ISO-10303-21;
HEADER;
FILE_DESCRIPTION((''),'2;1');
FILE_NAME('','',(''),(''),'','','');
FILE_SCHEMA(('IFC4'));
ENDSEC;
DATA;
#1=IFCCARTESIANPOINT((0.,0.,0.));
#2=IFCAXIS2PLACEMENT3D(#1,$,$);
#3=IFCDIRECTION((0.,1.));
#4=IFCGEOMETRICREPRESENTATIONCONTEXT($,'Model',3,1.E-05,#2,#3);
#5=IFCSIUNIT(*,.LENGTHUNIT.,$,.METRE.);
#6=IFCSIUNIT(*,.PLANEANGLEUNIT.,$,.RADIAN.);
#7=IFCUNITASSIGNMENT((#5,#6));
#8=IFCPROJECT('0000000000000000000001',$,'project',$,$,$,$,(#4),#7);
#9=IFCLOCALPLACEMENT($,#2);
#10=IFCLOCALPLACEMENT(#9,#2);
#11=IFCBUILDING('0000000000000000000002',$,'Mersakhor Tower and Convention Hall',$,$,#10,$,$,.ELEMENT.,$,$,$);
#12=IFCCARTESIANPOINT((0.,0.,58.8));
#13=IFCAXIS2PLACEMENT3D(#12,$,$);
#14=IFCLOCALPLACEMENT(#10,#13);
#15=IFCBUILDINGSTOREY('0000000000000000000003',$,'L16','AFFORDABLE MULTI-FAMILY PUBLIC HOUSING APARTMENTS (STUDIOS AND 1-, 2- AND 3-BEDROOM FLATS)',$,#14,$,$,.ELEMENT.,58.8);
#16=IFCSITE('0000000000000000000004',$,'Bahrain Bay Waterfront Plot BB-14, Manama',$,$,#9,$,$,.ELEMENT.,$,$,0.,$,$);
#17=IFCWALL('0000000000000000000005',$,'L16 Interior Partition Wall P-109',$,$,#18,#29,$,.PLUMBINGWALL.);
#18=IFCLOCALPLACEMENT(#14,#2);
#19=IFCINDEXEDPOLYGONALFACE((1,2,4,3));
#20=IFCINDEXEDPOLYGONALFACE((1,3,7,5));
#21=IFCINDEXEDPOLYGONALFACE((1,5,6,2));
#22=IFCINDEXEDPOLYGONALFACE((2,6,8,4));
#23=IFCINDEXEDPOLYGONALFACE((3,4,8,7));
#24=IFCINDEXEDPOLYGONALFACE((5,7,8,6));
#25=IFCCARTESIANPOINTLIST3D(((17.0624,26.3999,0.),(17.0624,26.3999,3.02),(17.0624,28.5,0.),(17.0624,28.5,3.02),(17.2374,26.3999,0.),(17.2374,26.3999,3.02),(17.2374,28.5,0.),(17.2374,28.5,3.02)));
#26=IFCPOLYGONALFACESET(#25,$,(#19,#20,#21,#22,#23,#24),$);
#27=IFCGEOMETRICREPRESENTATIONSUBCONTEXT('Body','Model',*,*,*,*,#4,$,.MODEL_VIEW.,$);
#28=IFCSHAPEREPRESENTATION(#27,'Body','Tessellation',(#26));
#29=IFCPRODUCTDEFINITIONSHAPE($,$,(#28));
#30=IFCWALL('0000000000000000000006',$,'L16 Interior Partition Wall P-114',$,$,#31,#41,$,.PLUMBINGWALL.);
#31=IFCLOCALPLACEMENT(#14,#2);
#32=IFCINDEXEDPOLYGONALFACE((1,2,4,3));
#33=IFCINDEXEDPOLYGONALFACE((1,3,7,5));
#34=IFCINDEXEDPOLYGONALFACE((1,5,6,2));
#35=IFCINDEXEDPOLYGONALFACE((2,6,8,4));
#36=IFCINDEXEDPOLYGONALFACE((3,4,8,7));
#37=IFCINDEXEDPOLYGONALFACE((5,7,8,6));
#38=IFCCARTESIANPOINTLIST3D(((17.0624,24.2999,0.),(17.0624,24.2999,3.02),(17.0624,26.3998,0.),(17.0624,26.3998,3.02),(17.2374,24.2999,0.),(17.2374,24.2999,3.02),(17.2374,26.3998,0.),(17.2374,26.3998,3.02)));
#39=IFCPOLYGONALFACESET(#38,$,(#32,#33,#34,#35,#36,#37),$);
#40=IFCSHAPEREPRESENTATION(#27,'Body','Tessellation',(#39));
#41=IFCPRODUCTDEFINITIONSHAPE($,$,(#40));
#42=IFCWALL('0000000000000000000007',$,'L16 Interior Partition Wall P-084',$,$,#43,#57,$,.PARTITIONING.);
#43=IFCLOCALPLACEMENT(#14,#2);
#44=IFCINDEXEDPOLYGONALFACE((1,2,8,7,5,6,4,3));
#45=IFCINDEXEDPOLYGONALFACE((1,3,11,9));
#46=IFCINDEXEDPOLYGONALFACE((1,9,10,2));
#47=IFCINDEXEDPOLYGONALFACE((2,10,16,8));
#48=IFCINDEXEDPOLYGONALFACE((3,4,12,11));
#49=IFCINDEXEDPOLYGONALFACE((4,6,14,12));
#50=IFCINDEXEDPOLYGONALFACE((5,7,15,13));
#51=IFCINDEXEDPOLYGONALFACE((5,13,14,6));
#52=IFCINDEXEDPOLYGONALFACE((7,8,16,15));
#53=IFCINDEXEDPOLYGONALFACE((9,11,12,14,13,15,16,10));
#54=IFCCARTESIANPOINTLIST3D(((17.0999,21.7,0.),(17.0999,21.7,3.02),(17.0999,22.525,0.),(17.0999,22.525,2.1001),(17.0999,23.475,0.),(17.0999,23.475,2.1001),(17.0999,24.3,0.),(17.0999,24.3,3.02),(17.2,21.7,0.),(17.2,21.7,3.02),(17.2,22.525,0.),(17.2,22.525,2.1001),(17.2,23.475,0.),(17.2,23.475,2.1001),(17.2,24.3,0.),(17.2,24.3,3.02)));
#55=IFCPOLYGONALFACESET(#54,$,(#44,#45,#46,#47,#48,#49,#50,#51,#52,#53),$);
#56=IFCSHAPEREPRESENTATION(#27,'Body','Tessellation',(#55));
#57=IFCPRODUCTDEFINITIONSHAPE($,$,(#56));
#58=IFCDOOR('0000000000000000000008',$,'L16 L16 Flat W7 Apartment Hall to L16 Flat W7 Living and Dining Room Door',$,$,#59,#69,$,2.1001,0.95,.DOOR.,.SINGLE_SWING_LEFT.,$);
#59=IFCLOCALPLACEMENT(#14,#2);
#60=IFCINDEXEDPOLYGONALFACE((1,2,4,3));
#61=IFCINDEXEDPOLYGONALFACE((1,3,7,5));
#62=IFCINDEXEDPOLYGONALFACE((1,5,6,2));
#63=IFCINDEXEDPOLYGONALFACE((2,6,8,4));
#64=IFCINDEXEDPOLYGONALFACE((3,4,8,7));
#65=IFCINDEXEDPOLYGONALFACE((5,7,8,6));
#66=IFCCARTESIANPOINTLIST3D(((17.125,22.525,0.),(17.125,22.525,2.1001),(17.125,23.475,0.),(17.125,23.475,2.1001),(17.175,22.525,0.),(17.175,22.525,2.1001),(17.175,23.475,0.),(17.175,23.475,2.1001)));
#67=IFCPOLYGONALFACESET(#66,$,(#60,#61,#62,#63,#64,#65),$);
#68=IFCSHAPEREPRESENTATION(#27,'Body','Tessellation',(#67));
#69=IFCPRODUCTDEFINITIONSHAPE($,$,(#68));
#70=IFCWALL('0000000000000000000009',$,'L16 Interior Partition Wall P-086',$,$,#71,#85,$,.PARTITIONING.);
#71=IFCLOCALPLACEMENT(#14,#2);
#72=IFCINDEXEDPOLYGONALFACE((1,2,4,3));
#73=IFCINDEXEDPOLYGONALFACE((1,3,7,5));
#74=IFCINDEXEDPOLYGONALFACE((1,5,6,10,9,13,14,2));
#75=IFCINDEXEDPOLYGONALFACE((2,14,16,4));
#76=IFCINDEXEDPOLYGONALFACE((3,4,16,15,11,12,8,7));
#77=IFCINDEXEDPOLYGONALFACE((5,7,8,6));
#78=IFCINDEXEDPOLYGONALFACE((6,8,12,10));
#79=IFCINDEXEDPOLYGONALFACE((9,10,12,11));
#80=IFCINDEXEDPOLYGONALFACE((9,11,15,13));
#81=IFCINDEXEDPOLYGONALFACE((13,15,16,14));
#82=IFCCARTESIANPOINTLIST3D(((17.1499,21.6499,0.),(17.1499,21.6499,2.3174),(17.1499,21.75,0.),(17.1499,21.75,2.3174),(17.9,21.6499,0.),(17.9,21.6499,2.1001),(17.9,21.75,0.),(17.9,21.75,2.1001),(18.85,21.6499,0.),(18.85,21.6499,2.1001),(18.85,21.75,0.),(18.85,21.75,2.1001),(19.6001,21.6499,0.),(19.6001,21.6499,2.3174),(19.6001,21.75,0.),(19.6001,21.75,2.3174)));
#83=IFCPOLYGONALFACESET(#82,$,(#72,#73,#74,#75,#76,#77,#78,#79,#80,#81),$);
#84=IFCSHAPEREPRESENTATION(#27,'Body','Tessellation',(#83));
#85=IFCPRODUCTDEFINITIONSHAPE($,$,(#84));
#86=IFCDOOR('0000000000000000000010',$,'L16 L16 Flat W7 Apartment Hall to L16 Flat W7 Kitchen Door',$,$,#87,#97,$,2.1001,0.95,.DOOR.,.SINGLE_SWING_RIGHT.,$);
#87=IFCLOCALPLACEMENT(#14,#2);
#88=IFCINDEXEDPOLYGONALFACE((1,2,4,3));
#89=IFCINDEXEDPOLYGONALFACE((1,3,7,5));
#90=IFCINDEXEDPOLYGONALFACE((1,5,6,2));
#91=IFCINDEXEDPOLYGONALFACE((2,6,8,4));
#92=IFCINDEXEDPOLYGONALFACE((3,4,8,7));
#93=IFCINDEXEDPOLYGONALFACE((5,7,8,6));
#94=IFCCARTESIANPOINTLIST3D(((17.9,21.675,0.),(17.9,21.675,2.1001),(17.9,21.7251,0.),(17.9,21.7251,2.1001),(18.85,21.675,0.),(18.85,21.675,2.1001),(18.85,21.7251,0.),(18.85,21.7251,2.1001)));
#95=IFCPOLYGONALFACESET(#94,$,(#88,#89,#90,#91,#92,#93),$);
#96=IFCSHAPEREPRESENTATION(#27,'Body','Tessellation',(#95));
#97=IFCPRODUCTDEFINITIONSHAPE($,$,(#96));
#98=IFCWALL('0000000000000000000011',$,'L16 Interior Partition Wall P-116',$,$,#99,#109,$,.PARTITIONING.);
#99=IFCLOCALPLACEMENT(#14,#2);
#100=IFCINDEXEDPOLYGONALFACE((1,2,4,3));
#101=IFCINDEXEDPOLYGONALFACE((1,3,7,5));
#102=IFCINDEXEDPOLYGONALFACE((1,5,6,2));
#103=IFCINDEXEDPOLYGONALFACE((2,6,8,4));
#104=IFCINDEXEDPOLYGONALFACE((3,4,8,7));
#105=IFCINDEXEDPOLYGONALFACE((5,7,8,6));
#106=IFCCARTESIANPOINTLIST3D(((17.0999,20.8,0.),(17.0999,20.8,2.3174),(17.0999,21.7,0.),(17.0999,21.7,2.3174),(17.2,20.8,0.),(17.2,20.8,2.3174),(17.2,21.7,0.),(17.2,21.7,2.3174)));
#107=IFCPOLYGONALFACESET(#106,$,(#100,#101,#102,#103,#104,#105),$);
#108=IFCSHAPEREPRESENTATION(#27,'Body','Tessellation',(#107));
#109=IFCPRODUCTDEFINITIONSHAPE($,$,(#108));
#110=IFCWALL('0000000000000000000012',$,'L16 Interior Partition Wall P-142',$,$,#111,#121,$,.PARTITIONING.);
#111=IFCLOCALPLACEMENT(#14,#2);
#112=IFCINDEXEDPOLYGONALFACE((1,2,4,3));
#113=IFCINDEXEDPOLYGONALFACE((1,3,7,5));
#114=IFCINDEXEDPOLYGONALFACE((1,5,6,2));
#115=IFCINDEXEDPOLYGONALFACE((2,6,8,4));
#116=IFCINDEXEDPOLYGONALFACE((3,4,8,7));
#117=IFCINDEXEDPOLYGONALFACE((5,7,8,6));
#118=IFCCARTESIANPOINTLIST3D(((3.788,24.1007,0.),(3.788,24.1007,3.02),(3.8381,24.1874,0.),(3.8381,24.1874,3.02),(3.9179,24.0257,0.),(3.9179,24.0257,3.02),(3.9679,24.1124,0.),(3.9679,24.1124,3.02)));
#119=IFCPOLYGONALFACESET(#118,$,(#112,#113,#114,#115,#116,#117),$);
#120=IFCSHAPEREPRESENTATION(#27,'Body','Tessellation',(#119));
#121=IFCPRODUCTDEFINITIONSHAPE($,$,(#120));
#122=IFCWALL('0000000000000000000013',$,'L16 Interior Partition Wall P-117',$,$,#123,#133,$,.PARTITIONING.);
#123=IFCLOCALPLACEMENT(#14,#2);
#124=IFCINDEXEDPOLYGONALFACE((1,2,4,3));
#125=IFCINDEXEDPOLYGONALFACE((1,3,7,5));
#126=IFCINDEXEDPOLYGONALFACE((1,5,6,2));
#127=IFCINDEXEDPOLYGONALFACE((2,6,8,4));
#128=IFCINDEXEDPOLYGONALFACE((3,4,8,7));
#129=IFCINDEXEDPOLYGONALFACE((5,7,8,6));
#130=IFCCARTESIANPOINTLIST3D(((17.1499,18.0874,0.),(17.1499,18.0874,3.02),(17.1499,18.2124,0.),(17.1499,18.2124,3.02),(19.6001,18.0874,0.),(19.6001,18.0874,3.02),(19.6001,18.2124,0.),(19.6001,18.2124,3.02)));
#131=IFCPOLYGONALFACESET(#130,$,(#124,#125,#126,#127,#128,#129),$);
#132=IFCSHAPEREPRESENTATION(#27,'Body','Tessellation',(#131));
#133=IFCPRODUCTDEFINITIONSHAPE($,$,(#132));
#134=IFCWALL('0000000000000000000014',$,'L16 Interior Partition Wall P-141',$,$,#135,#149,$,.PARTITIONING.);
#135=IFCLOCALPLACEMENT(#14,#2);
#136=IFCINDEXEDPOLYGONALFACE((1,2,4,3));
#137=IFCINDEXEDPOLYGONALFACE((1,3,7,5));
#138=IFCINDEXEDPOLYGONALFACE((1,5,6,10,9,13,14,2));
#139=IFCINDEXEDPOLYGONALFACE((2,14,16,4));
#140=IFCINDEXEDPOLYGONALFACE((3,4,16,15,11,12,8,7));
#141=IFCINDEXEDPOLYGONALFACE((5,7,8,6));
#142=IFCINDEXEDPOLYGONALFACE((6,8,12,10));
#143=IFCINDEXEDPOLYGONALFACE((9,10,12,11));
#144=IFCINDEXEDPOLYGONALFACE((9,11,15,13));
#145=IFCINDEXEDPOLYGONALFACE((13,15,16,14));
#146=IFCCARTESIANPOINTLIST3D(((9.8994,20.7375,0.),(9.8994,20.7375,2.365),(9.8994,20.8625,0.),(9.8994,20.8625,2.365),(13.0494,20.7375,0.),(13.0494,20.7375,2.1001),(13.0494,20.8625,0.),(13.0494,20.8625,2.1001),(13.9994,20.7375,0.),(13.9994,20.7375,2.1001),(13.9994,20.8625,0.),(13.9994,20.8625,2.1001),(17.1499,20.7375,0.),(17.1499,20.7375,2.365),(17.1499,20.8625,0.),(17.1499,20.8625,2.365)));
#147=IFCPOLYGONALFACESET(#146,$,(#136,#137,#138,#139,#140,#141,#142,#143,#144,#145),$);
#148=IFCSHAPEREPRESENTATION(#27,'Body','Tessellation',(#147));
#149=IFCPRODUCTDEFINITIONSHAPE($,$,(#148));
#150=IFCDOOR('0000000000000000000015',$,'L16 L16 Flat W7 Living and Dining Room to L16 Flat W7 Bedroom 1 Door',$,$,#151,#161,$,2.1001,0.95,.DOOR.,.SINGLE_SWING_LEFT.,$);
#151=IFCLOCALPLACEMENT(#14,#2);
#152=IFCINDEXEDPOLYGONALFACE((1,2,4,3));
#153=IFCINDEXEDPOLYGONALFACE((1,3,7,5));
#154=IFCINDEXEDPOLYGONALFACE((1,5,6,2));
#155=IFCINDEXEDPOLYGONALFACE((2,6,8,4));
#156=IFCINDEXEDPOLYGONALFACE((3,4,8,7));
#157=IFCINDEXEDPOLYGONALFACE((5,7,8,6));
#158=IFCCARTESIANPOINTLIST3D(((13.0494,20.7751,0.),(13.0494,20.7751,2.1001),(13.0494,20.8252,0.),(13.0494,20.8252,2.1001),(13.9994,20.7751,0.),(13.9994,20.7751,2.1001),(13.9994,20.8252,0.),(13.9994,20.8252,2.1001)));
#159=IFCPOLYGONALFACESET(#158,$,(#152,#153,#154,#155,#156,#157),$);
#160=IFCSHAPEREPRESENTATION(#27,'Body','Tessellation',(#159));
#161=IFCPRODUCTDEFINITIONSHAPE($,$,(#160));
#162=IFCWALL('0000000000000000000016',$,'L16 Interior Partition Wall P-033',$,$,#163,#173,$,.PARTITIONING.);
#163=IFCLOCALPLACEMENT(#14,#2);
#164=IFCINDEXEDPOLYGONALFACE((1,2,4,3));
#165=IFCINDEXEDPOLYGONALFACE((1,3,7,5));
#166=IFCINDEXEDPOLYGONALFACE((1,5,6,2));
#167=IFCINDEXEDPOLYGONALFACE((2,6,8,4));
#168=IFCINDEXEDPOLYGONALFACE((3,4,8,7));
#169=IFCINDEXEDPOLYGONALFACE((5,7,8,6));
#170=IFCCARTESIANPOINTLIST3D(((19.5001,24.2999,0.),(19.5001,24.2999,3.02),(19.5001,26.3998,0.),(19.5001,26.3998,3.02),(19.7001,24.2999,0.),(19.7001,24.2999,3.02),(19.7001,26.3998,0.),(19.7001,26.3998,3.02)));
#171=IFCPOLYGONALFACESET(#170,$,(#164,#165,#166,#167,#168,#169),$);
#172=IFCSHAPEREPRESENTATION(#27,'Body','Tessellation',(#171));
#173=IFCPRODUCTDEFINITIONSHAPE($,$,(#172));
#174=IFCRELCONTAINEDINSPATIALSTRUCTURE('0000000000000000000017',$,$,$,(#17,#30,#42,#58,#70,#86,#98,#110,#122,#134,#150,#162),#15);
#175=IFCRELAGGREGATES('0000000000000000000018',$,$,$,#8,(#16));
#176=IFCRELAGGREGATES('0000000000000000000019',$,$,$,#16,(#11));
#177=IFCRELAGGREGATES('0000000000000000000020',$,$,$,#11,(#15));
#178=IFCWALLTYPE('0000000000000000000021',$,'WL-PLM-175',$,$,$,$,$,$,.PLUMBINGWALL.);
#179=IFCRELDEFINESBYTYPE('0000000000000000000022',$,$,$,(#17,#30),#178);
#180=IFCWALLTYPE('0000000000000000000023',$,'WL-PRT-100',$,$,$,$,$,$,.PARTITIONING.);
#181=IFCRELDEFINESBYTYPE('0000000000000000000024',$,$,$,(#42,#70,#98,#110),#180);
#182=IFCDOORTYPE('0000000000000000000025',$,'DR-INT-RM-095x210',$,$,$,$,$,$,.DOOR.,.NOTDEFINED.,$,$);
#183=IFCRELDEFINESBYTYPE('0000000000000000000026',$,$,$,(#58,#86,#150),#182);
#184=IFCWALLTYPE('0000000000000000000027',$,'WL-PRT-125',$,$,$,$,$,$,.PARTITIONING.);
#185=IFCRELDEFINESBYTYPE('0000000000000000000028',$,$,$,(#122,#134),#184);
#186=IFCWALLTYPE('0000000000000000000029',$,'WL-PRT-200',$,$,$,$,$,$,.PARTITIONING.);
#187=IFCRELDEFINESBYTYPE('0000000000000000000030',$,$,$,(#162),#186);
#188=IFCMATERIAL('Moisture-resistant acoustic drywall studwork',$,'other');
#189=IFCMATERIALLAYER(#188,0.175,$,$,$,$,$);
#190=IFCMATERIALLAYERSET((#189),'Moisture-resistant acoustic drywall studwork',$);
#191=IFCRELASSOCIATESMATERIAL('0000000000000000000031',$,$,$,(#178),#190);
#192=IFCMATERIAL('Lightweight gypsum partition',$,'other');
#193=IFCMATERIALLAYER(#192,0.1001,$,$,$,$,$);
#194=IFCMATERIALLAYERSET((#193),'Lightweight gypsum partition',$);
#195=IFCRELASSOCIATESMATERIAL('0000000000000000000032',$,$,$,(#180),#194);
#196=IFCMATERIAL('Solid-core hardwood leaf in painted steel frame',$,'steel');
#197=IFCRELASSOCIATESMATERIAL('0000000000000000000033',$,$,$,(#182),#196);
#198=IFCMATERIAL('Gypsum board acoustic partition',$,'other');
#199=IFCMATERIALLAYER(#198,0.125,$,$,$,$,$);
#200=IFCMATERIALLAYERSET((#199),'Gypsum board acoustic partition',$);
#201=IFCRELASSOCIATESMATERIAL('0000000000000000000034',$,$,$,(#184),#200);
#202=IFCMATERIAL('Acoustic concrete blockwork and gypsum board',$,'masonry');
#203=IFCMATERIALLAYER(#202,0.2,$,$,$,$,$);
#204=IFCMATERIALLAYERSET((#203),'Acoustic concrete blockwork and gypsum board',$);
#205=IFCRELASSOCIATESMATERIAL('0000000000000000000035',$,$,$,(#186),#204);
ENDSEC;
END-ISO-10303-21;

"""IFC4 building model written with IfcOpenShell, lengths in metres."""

from ifc_helpers import new_model, si_unit, direction, frame, frame_2d, origin, place, context, subcontext, project, spatial, rectangle, extrude, material, layer, layer_set, type_object, element, fill, save


model = new_model("IFC4")

# Units and contexts
model_context = context("Model", 3, precision=1e-05, world=origin(), true_north=direction((0.0, 1.0)))
body_context = subcontext(model_context, "Body", "Model", "MODEL_VIEW")
ifc_project = project(units=[si_unit("LENGTHUNIT", "METRE"), si_unit("PLANEANGLEUNIT", "RADIAN")], contexts=[model_context])

# Site, building, storey
site_placement = place(None, origin())
site = spatial("IfcSite", under=ifc_project, at=site_placement, Name="Bahrain Bay Waterfront Plot BB-14, Manama", CompositionType="ELEMENT", RefElevation=0.0)
building_placement = place(site_placement, origin())
building = spatial("IfcBuilding", under=site, at=building_placement, Name="Mersakhor Tower and Convention Hall", CompositionType="ELEMENT")
storey_placement = place(building_placement, frame((0.0, 0.0, 58.8)))
storey = spatial("IfcBuildingStorey", under=building, at=storey_placement, Name="L16", Description="AFFORDABLE MULTI-FAMILY PUBLIC HOUSING APARTMENTS (STUDIOS AND 1-, 2- AND 3-BEDROOM FLATS)", CompositionType="ELEMENT", Elevation=58.8)

# Shared definitions
ifc_material_1 = material(Name="Moisture-resistant acoustic drywall studwork", Category="other")
ifc_layer_1 = layer(ifc_material_1, 0.175)
ifc_layer_set_1 = layer_set([ifc_layer_1], Name="Moisture-resistant acoustic drywall studwork")
wall_type_1 = type_object("IfcWallType", Name="WL-PLM-175", PredefinedType="PLUMBINGWALL", material=ifc_layer_set_1)

# Walls
wall_1_placement = place(storey_placement, frame((17.1499, 26.3999, 0.0), z_axis=(0.0, 0.0, 1.0), x_axis=(0.0, 1.0, 0.0)))
element("IfcWall", 1, at=wall_1_placement, inside=storey, type_object=wall_type_1, Name="L16 Interior Partition Wall P-109", PredefinedType="PLUMBINGWALL", context=body_context, shape_type="SweptSolid", body=[
    extrude(rectangle(XDim=2.1001, YDim=0.175, at=frame_2d((1.05, 0.0))), origin(), (0.0, 0.0, 1.0), 3.02),
])
wall_2_placement = place(storey_placement, frame((17.1499, 24.3, 0.0), z_axis=(0.0, 0.0, 1.0), x_axis=(0.0, 1.0, 0.0)))
element("IfcWall", 2, at=wall_2_placement, inside=storey, type_object=wall_type_1, Name="L16 Interior Partition Wall P-114", PredefinedType="PLUMBINGWALL", context=body_context, shape_type="SweptSolid", body=[
    extrude(rectangle(XDim=2.0999, YDim=0.175, at=frame_2d((1.0498, 0.0))), origin(), (0.0, 0.0, 1.0), 3.02),
])

# Walls, openings, doors
ifc_material_2 = material(Name="Lightweight gypsum partition", Category="other")
ifc_layer_2 = layer(ifc_material_2, 0.1001)
ifc_layer_set_2 = layer_set([ifc_layer_2], Name="Lightweight gypsum partition")
wall_type_2 = type_object("IfcWallType", Name="WL-PRT-100", PredefinedType="PARTITIONING", material=ifc_layer_set_2)
wall_3_placement = place(storey_placement, frame((17.1499, 21.7, 0.0), z_axis=(0.0, 0.0, 1.0), x_axis=(0.0, 1.0, 0.0)))
wall_3 = element("IfcWall", 3, at=wall_3_placement, inside=storey, type_object=wall_type_2, Name="L16 Interior Partition Wall P-084", PredefinedType="PARTITIONING", context=body_context, shape_type="SweptSolid", body=[
    extrude(rectangle(XDim=2.6001, YDim=0.1001, at=frame_2d((1.3, 0.0))), origin(), (0.0, 0.0, 1.0), 3.02),
])
opening_1_placement = place(wall_3_placement, frame((0.825, 0.0, 0.0)))
opening_1 = element("IfcOpeningElement", 4, at=opening_1_placement, cuts=wall_3, PredefinedType="OPENING", context=body_context, shape_type="SweptSolid", body=[
    extrude(rectangle(XDim=0.95, YDim=2.1001, at=frame_2d((0.4751, 1.05))), frame((0.0, 0.0601, 0.0), z_axis=(0.0, -1.0, 0.0), x_axis=(1.0, 0.0, 0.0)), (0.0, 0.0, 1.0), 0.1201),
])
ifc_material_3 = material(Name="Solid-core hardwood leaf in painted steel frame", Category="steel")
door_type_1 = type_object("IfcDoorType", Name="DR-INT-RM-095x210", OperationType="NOTDEFINED", PredefinedType="DOOR", material=ifc_material_3)
door_1_placement = place(opening_1_placement, origin())
door_1 = element("IfcDoor", 5, at=door_1_placement, inside=storey, type_object=door_type_1, Name="L16 L16 Flat W7 Apartment Hall to L16 Flat W7 Living and Dining Room Door", OperationType="SINGLE_SWING_LEFT", OverallHeight=2.1001, OverallWidth=0.95, PredefinedType="DOOR", context=body_context, shape_type="SweptSolid", body=[
    extrude(rectangle(XDim=0.95, YDim=2.1001, at=frame_2d((0.4751, 1.05))), frame((0.0, 0.0249, 0.0), z_axis=(0.0, -1.0, 0.0), x_axis=(1.0, 0.0, 0.0)), (0.0, 0.0, 1.0), 0.05),
])
fill(opening_1, door_1)
wall_4_placement = place(storey_placement, frame((19.6001, 21.7, 0.0), z_axis=(0.0, 0.0, 1.0), x_axis=(-1.0, 0.0, 0.0)))
wall_4 = element("IfcWall", 6, at=wall_4_placement, inside=storey, type_object=wall_type_2, Name="L16 Interior Partition Wall P-086", PredefinedType="PARTITIONING", context=body_context, shape_type="SweptSolid", body=[
    extrude(rectangle(XDim=2.4502, YDim=0.1001, at=frame_2d((1.2251, 0.0))), origin(), (0.0, 0.0, 1.0), 2.3174),
])
opening_2_placement = place(wall_4_placement, frame((0.75, 0.0, 0.0)))
opening_2 = element("IfcOpeningElement", 7, at=opening_2_placement, cuts=wall_4, PredefinedType="OPENING", context=body_context, shape_type="SweptSolid", body=[
    extrude(rectangle(XDim=0.95, YDim=2.1001, at=frame_2d((0.4751, 1.05))), frame((0.0, 0.0601, 0.0), z_axis=(0.0, -1.0, 0.0), x_axis=(1.0, 0.0, 0.0)), (0.0, 0.0, 1.0), 0.1201),
])
door_2_placement = place(opening_2_placement, origin())
door_2 = element("IfcDoor", 8, at=door_2_placement, inside=storey, type_object=door_type_1, Name="L16 L16 Flat W7 Apartment Hall to L16 Flat W7 Kitchen Door", OperationType="SINGLE_SWING_RIGHT", OverallHeight=2.1001, OverallWidth=0.95, PredefinedType="DOOR", context=body_context, shape_type="SweptSolid", body=[
    extrude(rectangle(XDim=0.95, YDim=2.1001, at=frame_2d((0.4751, 1.05))), frame((0.0, 0.0249, 0.0), z_axis=(0.0, -1.0, 0.0), x_axis=(1.0, 0.0, 0.0)), (0.0, 0.0, 1.0), 0.05),
])
fill(opening_2, door_2)

# Walls
wall_5_placement = place(storey_placement, frame((17.1499, 20.8, 0.0), z_axis=(0.0, 0.0, 1.0), x_axis=(0.0, 1.0, 0.0)))
element("IfcWall", 9, at=wall_5_placement, inside=storey, type_object=wall_type_2, Name="L16 Interior Partition Wall P-116", PredefinedType="PARTITIONING", context=body_context, shape_type="SweptSolid", body=[
    extrude(rectangle(XDim=0.8999, YDim=0.1001, at=frame_2d((0.45, 0.0))), origin(), (0.0, 0.0, 1.0), 2.3174),
])
wall_6_placement = place(storey_placement, frame((3.9429, 24.0691, 0.0), z_axis=(0.0, 0.0, 1.0), x_axis=(-0.866131, 0.499816, 0.0)))
element("IfcWall", 10, at=wall_6_placement, inside=storey, type_object=wall_type_2, Name="L16 Interior Partition Wall P-142", PredefinedType="PARTITIONING", context=body_context, shape_type="SweptSolid", body=[
    extrude(rectangle(XDim=0.1499, YDim=0.1001, at=frame_2d((0.075, 0.0))), origin(), (0.0, 0.0, 1.0), 3.02),
])
ifc_material_4 = material(Name="Gypsum board acoustic partition", Category="other")
ifc_layer_3 = layer(ifc_material_4, 0.125)
ifc_layer_set_3 = layer_set([ifc_layer_3], Name="Gypsum board acoustic partition")
wall_type_3 = type_object("IfcWallType", Name="WL-PRT-125", PredefinedType="PARTITIONING", material=ifc_layer_set_3)
wall_7_placement = place(storey_placement, frame((19.6001, 18.1499, 0.0), z_axis=(0.0, 0.0, 1.0), x_axis=(-1.0, 0.0, 0.0)))
element("IfcWall", 11, at=wall_7_placement, inside=storey, type_object=wall_type_3, Name="L16 Interior Partition Wall P-117", PredefinedType="PARTITIONING", context=body_context, shape_type="SweptSolid", body=[
    extrude(rectangle(XDim=2.4502, YDim=0.125, at=frame_2d((1.2251, 0.0))), origin(), (0.0, 0.0, 1.0), 3.02),
])

# Wall, opening, door
wall_8_placement = place(storey_placement, frame((17.1499, 20.8, 0.0), z_axis=(0.0, 0.0, 1.0), x_axis=(-1.0, 0.0, 0.0)))
wall_8 = element("IfcWall", 12, at=wall_8_placement, inside=storey, type_object=wall_type_3, Name="L16 Interior Partition Wall P-141", PredefinedType="PARTITIONING", context=body_context, shape_type="SweptSolid", body=[
    extrude(rectangle(XDim=7.2505, YDim=0.125, at=frame_2d((3.6252, 0.0))), origin(), (0.0, 0.0, 1.0), 2.365),
])
opening_3_placement = place(wall_8_placement, frame((3.1504, 0.0, 0.0)))
opening_3 = element("IfcOpeningElement", 13, at=opening_3_placement, cuts=wall_8, PredefinedType="OPENING", context=body_context, shape_type="SweptSolid", body=[
    extrude(rectangle(XDim=0.95, YDim=2.1001, at=frame_2d((0.4751, 1.05))), frame((0.0, 0.0725, 0.0), z_axis=(0.0, -1.0, 0.0), x_axis=(1.0, 0.0, 0.0)), (0.0, 0.0, 1.0), 0.145),
])
door_3_placement = place(opening_3_placement, origin())
door_3 = element("IfcDoor", 14, at=door_3_placement, inside=storey, type_object=door_type_1, Name="L16 L16 Flat W7 Living and Dining Room to L16 Flat W7 Bedroom 1 Door", OperationType="SINGLE_SWING_LEFT", OverallHeight=2.1001, OverallWidth=0.95, PredefinedType="DOOR", context=body_context, shape_type="SweptSolid", body=[
    extrude(rectangle(XDim=0.95, YDim=2.1001, at=frame_2d((0.4751, 1.05))), frame((0.0, 0.0249, 0.0), z_axis=(0.0, -1.0, 0.0), x_axis=(1.0, 0.0, 0.0)), (0.0, 0.0, 1.0), 0.05),
])
fill(opening_3, door_3)
ifc_material_5 = material(Name="Acoustic concrete blockwork and gypsum board", Category="masonry")
ifc_layer_4 = layer(ifc_material_5, 0.2)
ifc_layer_set_4 = layer_set([ifc_layer_4], Name="Acoustic concrete blockwork and gypsum board")
wall_type_4 = type_object("IfcWallType", Name="WL-PRT-200", PredefinedType="PARTITIONING", material=ifc_layer_set_4)

# Wall
wall_9_placement = place(storey_placement, frame((19.6001, 24.3, 0.0), z_axis=(0.0, 0.0, 1.0), x_axis=(0.0, 1.0, 0.0)))
element("IfcWall", 15, at=wall_9_placement, inside=storey, type_object=wall_type_4, Name="L16 Interior Partition Wall P-033", PredefinedType="PARTITIONING", context=body_context, shape_type="SweptSolid", body=[
    extrude(rectangle(XDim=2.0999, YDim=0.2, at=frame_2d((1.0498, 0.0))), origin(), (0.0, 0.0, 1.0), 3.02),
])

save(model, "model.ifc")
